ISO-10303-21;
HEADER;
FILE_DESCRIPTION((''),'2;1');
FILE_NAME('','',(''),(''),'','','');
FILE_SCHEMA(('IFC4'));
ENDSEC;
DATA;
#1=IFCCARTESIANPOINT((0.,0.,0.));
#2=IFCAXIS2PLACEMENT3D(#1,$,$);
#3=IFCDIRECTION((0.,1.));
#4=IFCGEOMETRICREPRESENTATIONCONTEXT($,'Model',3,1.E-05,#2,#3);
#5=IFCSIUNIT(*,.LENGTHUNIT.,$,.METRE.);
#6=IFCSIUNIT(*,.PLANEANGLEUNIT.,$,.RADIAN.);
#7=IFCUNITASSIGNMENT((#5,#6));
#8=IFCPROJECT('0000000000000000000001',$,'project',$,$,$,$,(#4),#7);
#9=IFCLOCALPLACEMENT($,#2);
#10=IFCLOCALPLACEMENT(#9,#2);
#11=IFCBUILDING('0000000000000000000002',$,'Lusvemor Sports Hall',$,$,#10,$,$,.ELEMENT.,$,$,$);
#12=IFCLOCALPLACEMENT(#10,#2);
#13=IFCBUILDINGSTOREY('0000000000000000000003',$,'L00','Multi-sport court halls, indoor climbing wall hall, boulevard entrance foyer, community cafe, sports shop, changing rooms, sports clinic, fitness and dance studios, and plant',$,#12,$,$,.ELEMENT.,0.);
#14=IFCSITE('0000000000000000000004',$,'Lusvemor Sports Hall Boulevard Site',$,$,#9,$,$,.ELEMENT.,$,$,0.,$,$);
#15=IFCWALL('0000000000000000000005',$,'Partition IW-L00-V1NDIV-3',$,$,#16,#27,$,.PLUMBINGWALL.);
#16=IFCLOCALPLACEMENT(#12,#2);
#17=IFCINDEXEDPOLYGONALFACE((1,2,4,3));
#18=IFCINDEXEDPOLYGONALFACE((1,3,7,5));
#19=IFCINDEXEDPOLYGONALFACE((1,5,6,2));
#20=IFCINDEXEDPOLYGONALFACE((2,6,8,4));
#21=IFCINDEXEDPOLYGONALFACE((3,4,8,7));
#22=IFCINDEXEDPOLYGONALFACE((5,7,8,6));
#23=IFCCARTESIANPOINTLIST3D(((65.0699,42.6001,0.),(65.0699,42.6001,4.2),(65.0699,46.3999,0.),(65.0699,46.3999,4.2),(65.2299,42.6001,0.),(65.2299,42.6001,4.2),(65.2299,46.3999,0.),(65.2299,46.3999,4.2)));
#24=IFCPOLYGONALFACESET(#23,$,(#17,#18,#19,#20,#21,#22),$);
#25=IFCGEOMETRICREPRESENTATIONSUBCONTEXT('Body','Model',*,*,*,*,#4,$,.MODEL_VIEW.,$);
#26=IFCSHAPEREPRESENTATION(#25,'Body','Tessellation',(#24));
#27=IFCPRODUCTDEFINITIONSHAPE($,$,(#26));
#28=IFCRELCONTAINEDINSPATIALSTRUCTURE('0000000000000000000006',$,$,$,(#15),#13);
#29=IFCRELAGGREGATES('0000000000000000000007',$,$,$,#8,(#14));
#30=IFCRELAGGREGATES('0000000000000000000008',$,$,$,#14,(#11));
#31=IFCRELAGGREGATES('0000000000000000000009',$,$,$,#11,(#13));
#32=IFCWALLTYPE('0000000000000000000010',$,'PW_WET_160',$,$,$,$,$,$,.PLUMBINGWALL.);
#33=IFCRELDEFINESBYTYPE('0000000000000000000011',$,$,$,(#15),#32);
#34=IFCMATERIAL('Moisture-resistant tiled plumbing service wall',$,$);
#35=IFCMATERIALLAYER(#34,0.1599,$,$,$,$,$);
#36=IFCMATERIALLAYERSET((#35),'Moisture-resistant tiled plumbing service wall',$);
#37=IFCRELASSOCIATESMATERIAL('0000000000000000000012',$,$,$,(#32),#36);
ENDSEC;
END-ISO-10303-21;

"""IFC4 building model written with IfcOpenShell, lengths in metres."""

from ifc_helpers import new_model, si_unit, direction, frame, frame_2d, origin, place, context, subcontext, project, spatial, rectangle, extrude, material, layer, layer_set, type_object, element, save


model = new_model("IFC4")

# Units and contexts
model_context = context("Model", 3, precision=1e-05, world=origin(), true_north=direction((0.0, 1.0)))
body_context = subcontext(model_context, "Body", "Model", "MODEL_VIEW")
ifc_project = project(units=[si_unit("LENGTHUNIT", "METRE"), si_unit("PLANEANGLEUNIT", "RADIAN")], contexts=[model_context])

# Site, building, storey
site_placement = place(None, origin())
site = spatial("IfcSite", under=ifc_project, at=site_placement, Name="Lusvemor Sports Hall Boulevard Site", CompositionType="ELEMENT", RefElevation=0.0)
building_placement = place(site_placement, origin())
building = spatial("IfcBuilding", under=site, at=building_placement, Name="Lusvemor Sports Hall", CompositionType="ELEMENT")
storey_placement = place(building_placement, origin())
storey = spatial("IfcBuildingStorey", under=building, at=storey_placement, Name="L00", Description="Multi-sport court halls, indoor climbing wall hall, boulevard entrance foyer, community cafe, sports shop, changing rooms, sports clinic, fitness and dance studios, and plant", CompositionType="ELEMENT", Elevation=0.0)

# Shared definitions
ifc_material_1 = material(Name="Moisture-resistant tiled plumbing service wall")
ifc_layer_1 = layer(ifc_material_1, 0.1599)
ifc_layer_set_1 = layer_set([ifc_layer_1], Name="Moisture-resistant tiled plumbing service wall")
wall_type_1 = type_object("IfcWallType", Name="PW_WET_160", PredefinedType="PLUMBINGWALL", material=ifc_layer_set_1)

# Wall
wall_1_placement = place(storey_placement, frame((65.1499, 42.6001, 0.0), z_axis=(0.0, 0.0, 1.0), x_axis=(0.0, 1.0, 0.0)))
element("IfcWall", 1, at=wall_1_placement, inside=storey, type_object=wall_type_1, Name="Partition IW-L00-V1NDIV-3", PredefinedType="PLUMBINGWALL", context=body_context, shape_type="SweptSolid", body=[
    extrude(rectangle(XDim=3.7998, YDim=0.1599, at=frame_2d((1.8999, 0.0))), origin(), (0.0, 0.0, 1.0), 4.2),
])

save(model, "model.ifc")
